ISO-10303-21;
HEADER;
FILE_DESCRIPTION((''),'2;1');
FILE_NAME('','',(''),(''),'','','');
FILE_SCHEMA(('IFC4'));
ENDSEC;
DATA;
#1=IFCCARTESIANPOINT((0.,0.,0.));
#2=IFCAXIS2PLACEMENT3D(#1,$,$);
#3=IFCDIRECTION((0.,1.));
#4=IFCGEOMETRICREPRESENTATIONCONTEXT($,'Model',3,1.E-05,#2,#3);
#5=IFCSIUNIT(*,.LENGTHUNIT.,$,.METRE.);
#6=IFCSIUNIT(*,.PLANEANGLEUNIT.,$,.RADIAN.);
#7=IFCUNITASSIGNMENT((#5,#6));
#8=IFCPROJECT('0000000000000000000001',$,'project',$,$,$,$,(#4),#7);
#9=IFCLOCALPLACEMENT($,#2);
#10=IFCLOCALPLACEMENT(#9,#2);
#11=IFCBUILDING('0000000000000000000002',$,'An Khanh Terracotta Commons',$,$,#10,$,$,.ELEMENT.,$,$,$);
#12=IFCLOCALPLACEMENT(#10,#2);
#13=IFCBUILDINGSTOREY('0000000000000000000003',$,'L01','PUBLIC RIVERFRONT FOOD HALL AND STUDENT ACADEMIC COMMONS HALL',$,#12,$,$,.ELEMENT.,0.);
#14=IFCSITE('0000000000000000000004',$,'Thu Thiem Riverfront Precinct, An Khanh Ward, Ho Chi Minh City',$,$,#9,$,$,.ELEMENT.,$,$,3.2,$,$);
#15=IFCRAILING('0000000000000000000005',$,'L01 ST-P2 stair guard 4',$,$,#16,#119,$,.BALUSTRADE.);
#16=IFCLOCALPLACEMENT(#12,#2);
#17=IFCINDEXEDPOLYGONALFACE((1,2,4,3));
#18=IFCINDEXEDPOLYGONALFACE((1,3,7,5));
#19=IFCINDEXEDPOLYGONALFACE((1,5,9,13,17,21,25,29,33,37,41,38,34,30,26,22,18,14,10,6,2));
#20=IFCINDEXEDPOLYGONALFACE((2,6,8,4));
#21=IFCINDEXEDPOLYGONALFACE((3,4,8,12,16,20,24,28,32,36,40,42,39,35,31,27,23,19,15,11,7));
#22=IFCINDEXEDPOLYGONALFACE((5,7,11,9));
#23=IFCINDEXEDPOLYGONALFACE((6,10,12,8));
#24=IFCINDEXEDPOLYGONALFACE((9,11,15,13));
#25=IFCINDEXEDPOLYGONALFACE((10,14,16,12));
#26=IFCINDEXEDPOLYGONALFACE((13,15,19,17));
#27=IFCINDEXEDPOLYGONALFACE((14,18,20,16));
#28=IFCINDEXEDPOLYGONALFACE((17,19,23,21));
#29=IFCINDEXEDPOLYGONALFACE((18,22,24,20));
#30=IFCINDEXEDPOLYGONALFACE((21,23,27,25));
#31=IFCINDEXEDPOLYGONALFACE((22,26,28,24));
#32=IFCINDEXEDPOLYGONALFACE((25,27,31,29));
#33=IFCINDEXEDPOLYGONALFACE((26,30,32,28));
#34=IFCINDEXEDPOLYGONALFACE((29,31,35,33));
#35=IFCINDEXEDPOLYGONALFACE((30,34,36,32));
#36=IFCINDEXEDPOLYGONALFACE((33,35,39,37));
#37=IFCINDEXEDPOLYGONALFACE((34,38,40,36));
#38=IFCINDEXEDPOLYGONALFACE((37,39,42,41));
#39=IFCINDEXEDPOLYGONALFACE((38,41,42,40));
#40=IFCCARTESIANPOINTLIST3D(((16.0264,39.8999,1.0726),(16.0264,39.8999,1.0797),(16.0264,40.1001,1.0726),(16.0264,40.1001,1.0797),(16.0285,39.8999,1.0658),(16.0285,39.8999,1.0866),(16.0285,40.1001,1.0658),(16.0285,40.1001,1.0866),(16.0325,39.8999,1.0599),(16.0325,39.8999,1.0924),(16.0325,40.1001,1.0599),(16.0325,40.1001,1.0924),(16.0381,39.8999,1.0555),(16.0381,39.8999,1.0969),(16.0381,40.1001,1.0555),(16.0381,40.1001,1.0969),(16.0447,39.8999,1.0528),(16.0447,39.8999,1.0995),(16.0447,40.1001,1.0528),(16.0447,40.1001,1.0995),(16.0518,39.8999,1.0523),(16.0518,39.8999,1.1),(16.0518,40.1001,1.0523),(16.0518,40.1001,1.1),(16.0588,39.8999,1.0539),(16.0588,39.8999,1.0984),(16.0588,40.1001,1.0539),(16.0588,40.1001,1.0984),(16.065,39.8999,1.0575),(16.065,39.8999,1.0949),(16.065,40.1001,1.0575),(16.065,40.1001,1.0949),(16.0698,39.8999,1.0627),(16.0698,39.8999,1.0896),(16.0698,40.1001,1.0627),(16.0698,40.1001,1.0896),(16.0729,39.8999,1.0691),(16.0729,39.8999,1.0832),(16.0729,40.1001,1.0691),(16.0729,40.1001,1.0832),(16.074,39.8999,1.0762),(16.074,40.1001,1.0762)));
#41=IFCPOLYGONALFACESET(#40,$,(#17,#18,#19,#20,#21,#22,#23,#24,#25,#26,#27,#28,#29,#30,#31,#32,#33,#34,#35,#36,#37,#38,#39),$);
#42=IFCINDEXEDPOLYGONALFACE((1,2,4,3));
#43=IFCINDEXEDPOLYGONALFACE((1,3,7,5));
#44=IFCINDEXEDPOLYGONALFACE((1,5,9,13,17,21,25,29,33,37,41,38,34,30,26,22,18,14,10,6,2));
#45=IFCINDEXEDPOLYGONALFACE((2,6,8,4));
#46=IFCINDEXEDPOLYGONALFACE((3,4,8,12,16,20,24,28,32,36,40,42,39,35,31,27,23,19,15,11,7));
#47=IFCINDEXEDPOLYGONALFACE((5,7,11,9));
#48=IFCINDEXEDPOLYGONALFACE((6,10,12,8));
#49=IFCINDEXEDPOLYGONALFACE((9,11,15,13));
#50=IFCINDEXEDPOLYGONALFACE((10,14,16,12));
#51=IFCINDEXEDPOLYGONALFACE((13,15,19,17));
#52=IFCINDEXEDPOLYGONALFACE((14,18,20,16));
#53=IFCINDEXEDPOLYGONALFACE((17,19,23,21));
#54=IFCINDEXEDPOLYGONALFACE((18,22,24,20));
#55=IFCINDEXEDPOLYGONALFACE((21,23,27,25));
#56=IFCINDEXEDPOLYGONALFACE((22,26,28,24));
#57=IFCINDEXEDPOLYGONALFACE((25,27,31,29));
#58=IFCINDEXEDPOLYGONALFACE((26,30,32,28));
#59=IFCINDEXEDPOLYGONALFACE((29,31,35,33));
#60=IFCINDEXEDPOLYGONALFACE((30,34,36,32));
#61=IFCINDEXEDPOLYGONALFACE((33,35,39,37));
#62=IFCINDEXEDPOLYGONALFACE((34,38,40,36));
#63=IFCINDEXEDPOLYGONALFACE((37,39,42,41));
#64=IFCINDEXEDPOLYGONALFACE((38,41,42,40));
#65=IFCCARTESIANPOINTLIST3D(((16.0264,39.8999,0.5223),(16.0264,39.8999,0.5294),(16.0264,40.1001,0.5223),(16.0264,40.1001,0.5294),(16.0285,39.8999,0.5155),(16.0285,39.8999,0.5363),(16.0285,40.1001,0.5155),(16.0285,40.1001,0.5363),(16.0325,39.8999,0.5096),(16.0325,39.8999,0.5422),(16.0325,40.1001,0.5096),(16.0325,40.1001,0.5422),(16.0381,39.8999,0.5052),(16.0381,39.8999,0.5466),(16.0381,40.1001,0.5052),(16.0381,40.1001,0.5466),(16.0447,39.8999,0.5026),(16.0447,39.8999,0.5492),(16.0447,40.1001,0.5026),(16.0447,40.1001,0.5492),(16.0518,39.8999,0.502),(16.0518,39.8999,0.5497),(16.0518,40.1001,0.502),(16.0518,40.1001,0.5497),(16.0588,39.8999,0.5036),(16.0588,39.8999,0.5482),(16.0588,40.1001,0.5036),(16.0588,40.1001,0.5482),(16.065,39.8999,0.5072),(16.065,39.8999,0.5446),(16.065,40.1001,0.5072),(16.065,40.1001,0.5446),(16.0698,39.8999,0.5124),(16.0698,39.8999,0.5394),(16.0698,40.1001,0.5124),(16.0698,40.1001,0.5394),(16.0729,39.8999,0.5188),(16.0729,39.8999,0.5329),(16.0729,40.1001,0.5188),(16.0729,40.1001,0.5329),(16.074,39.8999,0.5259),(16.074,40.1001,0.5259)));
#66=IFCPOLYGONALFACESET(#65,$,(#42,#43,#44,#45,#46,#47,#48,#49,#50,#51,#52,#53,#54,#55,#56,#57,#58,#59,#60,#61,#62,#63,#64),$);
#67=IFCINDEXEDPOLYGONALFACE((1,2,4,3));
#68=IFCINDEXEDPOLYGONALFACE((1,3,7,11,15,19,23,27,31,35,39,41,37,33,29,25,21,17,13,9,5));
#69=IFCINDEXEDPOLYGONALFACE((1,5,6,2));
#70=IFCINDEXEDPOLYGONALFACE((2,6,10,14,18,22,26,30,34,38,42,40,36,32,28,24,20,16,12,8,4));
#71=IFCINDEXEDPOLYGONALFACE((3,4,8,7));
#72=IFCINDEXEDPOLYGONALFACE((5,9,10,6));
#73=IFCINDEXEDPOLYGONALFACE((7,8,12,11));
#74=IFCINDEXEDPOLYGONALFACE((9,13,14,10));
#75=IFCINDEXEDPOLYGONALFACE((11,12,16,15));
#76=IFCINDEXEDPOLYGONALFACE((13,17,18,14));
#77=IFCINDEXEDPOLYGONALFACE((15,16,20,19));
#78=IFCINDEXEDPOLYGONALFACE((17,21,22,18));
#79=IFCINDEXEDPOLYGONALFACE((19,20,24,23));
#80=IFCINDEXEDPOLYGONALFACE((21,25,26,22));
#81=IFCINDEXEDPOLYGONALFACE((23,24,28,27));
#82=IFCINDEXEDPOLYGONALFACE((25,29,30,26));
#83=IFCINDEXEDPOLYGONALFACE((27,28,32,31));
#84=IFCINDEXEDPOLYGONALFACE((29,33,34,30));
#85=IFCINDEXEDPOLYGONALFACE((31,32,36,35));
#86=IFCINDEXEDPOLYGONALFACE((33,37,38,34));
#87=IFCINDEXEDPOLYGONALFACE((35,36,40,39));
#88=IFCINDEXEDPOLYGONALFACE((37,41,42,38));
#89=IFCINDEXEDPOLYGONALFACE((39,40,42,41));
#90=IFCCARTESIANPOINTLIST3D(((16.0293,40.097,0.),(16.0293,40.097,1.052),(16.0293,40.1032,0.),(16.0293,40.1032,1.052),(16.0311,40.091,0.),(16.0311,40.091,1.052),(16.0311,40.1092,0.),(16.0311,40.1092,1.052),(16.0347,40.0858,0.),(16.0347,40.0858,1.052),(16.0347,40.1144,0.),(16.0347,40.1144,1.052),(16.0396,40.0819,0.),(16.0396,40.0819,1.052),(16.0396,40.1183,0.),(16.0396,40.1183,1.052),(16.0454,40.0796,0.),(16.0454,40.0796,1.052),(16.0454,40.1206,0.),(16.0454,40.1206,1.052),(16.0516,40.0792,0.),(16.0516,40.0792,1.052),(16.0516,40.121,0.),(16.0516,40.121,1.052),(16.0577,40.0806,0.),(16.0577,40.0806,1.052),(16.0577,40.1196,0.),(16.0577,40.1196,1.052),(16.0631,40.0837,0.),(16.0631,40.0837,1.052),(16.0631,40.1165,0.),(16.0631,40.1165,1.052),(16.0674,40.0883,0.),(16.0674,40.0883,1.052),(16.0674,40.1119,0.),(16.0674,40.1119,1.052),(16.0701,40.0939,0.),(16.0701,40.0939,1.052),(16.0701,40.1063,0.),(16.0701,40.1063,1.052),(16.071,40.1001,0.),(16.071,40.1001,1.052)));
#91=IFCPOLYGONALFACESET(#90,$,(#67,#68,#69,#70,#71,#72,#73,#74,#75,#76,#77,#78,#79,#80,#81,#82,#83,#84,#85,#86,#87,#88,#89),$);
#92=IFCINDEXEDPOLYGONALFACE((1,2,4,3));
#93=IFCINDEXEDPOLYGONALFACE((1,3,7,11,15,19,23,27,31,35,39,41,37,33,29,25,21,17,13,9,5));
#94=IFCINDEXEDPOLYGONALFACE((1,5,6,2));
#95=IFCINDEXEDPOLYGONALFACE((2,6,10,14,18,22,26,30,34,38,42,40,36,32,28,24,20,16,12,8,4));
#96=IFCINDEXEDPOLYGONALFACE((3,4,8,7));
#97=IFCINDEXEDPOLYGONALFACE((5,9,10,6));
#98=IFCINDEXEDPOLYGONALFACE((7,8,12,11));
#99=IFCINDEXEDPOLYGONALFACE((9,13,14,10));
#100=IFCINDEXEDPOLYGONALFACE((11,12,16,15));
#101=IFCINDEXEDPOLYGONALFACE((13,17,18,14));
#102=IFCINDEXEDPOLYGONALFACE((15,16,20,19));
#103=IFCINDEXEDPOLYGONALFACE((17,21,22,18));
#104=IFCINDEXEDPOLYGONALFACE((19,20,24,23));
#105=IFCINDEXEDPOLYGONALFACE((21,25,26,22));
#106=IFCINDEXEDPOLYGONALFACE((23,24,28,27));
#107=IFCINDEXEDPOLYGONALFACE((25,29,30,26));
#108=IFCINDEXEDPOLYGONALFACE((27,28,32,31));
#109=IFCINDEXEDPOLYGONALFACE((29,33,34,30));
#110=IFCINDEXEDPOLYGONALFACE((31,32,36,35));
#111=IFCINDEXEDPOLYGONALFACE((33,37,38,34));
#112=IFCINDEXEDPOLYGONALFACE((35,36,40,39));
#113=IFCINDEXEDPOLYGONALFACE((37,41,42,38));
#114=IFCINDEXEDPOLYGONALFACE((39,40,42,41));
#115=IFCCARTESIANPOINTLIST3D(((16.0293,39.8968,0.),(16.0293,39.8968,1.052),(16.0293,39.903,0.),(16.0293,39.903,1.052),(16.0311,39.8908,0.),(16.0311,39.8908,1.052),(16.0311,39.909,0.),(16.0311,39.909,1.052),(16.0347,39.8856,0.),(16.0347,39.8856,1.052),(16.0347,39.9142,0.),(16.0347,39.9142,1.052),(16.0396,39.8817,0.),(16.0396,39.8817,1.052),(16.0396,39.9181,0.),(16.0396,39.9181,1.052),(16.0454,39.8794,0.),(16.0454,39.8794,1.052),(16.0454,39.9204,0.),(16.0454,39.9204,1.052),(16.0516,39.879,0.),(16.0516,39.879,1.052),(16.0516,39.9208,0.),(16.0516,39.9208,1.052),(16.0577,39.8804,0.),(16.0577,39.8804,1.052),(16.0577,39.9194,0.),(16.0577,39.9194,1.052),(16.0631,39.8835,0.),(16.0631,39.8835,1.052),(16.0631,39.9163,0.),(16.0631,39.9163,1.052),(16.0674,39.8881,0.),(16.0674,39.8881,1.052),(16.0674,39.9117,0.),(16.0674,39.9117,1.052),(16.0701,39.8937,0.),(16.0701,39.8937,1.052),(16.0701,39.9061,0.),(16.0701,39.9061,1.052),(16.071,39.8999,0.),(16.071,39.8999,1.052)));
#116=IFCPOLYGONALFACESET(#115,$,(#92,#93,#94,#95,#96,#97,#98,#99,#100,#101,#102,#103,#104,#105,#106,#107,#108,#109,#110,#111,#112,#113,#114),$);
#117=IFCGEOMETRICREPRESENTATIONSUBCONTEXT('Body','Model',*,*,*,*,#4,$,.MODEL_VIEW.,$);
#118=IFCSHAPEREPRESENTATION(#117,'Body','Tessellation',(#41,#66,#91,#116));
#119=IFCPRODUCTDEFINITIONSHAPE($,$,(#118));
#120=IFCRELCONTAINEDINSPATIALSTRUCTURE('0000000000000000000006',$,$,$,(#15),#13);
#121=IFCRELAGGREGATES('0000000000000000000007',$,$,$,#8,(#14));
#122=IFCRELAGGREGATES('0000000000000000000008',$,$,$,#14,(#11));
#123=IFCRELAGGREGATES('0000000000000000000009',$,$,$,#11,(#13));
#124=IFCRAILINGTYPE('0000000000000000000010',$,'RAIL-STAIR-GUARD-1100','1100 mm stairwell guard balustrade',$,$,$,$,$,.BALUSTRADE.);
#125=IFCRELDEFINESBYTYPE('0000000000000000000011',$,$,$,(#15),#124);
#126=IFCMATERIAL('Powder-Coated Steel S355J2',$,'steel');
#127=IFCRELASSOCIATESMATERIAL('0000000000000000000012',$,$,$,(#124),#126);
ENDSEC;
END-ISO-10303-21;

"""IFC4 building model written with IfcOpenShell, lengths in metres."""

from ifc_helpers import new_model, si_unit, direction, frame, origin, origin_2d, place, context, subcontext, project, spatial, circle, extrude, material, type_object, element, save


model = new_model("IFC4")

# Units and contexts
model_context = context("Model", 3, precision=1e-05, world=origin(), true_north=direction((0.0, 1.0)))
body_context = subcontext(model_context, "Body", "Model", "MODEL_VIEW")
ifc_project = project(units=[si_unit("LENGTHUNIT", "METRE"), si_unit("PLANEANGLEUNIT", "RADIAN")], contexts=[model_context])

# Site, building, storey
site_placement = place(None, origin())
site = spatial("IfcSite", under=ifc_project, at=site_placement, Name="Thu Thiem Riverfront Precinct, An Khanh Ward, Ho Chi Minh City", CompositionType="ELEMENT", RefElevation=3.2)
building_placement = place(site_placement, origin())
building = spatial("IfcBuilding", under=site, at=building_placement, Name="An Khanh Terracotta Commons", CompositionType="ELEMENT")
storey_placement = place(building_placement, origin())
storey = spatial("IfcBuildingStorey", under=building, at=storey_placement, Name="L01", Description="PUBLIC RIVERFRONT FOOD HALL AND STUDENT ACADEMIC COMMONS HALL", CompositionType="ELEMENT", Elevation=0.0)

# Railing
ifc_material_1 = material(Name="Powder-Coated Steel S355J2", Category="steel")
railing_type_1 = type_object("IfcRailingType", Name="RAIL-STAIR-GUARD-1100", Description="1100 mm stairwell guard balustrade", PredefinedType="BALUSTRADE", material=ifc_material_1)
railing_1_placement = place(storey_placement, frame((16.05, 40.1001, 0.0)))
element("IfcRailing", 1, at=railing_1_placement, inside=storey, type_object=railing_type_1, Name="L01 ST-P2 stair guard 4", PredefinedType="BALUSTRADE", context=body_context, shape_type="SweptSolid", body=[
    extrude(circle(Radius=0.0239, at=origin_2d()), frame((0.0, 0.0, 1.0762), z_axis=(0.0, -1.0, 0.0), x_axis=(1.0, 0.0, 0.0)), (0.0, 0.0, 1.0), 0.2002),
    extrude(circle(Radius=0.0239, at=origin_2d()), frame((0.0, 0.0, 0.5259), z_axis=(0.0, -1.0, 0.0), x_axis=(1.0, 0.0, 0.0)), (0.0, 0.0, 1.0), 0.2002),
    extrude(circle(Radius=0.021, at=origin_2d()), origin(), (0.0, 0.0, 1.0), 1.052),
    extrude(circle(Radius=0.021, at=origin_2d()), frame((0.0, -0.2002, 0.0)), (0.0, 0.0, 1.0), 1.052),
])

save(model, "model.ifc")
